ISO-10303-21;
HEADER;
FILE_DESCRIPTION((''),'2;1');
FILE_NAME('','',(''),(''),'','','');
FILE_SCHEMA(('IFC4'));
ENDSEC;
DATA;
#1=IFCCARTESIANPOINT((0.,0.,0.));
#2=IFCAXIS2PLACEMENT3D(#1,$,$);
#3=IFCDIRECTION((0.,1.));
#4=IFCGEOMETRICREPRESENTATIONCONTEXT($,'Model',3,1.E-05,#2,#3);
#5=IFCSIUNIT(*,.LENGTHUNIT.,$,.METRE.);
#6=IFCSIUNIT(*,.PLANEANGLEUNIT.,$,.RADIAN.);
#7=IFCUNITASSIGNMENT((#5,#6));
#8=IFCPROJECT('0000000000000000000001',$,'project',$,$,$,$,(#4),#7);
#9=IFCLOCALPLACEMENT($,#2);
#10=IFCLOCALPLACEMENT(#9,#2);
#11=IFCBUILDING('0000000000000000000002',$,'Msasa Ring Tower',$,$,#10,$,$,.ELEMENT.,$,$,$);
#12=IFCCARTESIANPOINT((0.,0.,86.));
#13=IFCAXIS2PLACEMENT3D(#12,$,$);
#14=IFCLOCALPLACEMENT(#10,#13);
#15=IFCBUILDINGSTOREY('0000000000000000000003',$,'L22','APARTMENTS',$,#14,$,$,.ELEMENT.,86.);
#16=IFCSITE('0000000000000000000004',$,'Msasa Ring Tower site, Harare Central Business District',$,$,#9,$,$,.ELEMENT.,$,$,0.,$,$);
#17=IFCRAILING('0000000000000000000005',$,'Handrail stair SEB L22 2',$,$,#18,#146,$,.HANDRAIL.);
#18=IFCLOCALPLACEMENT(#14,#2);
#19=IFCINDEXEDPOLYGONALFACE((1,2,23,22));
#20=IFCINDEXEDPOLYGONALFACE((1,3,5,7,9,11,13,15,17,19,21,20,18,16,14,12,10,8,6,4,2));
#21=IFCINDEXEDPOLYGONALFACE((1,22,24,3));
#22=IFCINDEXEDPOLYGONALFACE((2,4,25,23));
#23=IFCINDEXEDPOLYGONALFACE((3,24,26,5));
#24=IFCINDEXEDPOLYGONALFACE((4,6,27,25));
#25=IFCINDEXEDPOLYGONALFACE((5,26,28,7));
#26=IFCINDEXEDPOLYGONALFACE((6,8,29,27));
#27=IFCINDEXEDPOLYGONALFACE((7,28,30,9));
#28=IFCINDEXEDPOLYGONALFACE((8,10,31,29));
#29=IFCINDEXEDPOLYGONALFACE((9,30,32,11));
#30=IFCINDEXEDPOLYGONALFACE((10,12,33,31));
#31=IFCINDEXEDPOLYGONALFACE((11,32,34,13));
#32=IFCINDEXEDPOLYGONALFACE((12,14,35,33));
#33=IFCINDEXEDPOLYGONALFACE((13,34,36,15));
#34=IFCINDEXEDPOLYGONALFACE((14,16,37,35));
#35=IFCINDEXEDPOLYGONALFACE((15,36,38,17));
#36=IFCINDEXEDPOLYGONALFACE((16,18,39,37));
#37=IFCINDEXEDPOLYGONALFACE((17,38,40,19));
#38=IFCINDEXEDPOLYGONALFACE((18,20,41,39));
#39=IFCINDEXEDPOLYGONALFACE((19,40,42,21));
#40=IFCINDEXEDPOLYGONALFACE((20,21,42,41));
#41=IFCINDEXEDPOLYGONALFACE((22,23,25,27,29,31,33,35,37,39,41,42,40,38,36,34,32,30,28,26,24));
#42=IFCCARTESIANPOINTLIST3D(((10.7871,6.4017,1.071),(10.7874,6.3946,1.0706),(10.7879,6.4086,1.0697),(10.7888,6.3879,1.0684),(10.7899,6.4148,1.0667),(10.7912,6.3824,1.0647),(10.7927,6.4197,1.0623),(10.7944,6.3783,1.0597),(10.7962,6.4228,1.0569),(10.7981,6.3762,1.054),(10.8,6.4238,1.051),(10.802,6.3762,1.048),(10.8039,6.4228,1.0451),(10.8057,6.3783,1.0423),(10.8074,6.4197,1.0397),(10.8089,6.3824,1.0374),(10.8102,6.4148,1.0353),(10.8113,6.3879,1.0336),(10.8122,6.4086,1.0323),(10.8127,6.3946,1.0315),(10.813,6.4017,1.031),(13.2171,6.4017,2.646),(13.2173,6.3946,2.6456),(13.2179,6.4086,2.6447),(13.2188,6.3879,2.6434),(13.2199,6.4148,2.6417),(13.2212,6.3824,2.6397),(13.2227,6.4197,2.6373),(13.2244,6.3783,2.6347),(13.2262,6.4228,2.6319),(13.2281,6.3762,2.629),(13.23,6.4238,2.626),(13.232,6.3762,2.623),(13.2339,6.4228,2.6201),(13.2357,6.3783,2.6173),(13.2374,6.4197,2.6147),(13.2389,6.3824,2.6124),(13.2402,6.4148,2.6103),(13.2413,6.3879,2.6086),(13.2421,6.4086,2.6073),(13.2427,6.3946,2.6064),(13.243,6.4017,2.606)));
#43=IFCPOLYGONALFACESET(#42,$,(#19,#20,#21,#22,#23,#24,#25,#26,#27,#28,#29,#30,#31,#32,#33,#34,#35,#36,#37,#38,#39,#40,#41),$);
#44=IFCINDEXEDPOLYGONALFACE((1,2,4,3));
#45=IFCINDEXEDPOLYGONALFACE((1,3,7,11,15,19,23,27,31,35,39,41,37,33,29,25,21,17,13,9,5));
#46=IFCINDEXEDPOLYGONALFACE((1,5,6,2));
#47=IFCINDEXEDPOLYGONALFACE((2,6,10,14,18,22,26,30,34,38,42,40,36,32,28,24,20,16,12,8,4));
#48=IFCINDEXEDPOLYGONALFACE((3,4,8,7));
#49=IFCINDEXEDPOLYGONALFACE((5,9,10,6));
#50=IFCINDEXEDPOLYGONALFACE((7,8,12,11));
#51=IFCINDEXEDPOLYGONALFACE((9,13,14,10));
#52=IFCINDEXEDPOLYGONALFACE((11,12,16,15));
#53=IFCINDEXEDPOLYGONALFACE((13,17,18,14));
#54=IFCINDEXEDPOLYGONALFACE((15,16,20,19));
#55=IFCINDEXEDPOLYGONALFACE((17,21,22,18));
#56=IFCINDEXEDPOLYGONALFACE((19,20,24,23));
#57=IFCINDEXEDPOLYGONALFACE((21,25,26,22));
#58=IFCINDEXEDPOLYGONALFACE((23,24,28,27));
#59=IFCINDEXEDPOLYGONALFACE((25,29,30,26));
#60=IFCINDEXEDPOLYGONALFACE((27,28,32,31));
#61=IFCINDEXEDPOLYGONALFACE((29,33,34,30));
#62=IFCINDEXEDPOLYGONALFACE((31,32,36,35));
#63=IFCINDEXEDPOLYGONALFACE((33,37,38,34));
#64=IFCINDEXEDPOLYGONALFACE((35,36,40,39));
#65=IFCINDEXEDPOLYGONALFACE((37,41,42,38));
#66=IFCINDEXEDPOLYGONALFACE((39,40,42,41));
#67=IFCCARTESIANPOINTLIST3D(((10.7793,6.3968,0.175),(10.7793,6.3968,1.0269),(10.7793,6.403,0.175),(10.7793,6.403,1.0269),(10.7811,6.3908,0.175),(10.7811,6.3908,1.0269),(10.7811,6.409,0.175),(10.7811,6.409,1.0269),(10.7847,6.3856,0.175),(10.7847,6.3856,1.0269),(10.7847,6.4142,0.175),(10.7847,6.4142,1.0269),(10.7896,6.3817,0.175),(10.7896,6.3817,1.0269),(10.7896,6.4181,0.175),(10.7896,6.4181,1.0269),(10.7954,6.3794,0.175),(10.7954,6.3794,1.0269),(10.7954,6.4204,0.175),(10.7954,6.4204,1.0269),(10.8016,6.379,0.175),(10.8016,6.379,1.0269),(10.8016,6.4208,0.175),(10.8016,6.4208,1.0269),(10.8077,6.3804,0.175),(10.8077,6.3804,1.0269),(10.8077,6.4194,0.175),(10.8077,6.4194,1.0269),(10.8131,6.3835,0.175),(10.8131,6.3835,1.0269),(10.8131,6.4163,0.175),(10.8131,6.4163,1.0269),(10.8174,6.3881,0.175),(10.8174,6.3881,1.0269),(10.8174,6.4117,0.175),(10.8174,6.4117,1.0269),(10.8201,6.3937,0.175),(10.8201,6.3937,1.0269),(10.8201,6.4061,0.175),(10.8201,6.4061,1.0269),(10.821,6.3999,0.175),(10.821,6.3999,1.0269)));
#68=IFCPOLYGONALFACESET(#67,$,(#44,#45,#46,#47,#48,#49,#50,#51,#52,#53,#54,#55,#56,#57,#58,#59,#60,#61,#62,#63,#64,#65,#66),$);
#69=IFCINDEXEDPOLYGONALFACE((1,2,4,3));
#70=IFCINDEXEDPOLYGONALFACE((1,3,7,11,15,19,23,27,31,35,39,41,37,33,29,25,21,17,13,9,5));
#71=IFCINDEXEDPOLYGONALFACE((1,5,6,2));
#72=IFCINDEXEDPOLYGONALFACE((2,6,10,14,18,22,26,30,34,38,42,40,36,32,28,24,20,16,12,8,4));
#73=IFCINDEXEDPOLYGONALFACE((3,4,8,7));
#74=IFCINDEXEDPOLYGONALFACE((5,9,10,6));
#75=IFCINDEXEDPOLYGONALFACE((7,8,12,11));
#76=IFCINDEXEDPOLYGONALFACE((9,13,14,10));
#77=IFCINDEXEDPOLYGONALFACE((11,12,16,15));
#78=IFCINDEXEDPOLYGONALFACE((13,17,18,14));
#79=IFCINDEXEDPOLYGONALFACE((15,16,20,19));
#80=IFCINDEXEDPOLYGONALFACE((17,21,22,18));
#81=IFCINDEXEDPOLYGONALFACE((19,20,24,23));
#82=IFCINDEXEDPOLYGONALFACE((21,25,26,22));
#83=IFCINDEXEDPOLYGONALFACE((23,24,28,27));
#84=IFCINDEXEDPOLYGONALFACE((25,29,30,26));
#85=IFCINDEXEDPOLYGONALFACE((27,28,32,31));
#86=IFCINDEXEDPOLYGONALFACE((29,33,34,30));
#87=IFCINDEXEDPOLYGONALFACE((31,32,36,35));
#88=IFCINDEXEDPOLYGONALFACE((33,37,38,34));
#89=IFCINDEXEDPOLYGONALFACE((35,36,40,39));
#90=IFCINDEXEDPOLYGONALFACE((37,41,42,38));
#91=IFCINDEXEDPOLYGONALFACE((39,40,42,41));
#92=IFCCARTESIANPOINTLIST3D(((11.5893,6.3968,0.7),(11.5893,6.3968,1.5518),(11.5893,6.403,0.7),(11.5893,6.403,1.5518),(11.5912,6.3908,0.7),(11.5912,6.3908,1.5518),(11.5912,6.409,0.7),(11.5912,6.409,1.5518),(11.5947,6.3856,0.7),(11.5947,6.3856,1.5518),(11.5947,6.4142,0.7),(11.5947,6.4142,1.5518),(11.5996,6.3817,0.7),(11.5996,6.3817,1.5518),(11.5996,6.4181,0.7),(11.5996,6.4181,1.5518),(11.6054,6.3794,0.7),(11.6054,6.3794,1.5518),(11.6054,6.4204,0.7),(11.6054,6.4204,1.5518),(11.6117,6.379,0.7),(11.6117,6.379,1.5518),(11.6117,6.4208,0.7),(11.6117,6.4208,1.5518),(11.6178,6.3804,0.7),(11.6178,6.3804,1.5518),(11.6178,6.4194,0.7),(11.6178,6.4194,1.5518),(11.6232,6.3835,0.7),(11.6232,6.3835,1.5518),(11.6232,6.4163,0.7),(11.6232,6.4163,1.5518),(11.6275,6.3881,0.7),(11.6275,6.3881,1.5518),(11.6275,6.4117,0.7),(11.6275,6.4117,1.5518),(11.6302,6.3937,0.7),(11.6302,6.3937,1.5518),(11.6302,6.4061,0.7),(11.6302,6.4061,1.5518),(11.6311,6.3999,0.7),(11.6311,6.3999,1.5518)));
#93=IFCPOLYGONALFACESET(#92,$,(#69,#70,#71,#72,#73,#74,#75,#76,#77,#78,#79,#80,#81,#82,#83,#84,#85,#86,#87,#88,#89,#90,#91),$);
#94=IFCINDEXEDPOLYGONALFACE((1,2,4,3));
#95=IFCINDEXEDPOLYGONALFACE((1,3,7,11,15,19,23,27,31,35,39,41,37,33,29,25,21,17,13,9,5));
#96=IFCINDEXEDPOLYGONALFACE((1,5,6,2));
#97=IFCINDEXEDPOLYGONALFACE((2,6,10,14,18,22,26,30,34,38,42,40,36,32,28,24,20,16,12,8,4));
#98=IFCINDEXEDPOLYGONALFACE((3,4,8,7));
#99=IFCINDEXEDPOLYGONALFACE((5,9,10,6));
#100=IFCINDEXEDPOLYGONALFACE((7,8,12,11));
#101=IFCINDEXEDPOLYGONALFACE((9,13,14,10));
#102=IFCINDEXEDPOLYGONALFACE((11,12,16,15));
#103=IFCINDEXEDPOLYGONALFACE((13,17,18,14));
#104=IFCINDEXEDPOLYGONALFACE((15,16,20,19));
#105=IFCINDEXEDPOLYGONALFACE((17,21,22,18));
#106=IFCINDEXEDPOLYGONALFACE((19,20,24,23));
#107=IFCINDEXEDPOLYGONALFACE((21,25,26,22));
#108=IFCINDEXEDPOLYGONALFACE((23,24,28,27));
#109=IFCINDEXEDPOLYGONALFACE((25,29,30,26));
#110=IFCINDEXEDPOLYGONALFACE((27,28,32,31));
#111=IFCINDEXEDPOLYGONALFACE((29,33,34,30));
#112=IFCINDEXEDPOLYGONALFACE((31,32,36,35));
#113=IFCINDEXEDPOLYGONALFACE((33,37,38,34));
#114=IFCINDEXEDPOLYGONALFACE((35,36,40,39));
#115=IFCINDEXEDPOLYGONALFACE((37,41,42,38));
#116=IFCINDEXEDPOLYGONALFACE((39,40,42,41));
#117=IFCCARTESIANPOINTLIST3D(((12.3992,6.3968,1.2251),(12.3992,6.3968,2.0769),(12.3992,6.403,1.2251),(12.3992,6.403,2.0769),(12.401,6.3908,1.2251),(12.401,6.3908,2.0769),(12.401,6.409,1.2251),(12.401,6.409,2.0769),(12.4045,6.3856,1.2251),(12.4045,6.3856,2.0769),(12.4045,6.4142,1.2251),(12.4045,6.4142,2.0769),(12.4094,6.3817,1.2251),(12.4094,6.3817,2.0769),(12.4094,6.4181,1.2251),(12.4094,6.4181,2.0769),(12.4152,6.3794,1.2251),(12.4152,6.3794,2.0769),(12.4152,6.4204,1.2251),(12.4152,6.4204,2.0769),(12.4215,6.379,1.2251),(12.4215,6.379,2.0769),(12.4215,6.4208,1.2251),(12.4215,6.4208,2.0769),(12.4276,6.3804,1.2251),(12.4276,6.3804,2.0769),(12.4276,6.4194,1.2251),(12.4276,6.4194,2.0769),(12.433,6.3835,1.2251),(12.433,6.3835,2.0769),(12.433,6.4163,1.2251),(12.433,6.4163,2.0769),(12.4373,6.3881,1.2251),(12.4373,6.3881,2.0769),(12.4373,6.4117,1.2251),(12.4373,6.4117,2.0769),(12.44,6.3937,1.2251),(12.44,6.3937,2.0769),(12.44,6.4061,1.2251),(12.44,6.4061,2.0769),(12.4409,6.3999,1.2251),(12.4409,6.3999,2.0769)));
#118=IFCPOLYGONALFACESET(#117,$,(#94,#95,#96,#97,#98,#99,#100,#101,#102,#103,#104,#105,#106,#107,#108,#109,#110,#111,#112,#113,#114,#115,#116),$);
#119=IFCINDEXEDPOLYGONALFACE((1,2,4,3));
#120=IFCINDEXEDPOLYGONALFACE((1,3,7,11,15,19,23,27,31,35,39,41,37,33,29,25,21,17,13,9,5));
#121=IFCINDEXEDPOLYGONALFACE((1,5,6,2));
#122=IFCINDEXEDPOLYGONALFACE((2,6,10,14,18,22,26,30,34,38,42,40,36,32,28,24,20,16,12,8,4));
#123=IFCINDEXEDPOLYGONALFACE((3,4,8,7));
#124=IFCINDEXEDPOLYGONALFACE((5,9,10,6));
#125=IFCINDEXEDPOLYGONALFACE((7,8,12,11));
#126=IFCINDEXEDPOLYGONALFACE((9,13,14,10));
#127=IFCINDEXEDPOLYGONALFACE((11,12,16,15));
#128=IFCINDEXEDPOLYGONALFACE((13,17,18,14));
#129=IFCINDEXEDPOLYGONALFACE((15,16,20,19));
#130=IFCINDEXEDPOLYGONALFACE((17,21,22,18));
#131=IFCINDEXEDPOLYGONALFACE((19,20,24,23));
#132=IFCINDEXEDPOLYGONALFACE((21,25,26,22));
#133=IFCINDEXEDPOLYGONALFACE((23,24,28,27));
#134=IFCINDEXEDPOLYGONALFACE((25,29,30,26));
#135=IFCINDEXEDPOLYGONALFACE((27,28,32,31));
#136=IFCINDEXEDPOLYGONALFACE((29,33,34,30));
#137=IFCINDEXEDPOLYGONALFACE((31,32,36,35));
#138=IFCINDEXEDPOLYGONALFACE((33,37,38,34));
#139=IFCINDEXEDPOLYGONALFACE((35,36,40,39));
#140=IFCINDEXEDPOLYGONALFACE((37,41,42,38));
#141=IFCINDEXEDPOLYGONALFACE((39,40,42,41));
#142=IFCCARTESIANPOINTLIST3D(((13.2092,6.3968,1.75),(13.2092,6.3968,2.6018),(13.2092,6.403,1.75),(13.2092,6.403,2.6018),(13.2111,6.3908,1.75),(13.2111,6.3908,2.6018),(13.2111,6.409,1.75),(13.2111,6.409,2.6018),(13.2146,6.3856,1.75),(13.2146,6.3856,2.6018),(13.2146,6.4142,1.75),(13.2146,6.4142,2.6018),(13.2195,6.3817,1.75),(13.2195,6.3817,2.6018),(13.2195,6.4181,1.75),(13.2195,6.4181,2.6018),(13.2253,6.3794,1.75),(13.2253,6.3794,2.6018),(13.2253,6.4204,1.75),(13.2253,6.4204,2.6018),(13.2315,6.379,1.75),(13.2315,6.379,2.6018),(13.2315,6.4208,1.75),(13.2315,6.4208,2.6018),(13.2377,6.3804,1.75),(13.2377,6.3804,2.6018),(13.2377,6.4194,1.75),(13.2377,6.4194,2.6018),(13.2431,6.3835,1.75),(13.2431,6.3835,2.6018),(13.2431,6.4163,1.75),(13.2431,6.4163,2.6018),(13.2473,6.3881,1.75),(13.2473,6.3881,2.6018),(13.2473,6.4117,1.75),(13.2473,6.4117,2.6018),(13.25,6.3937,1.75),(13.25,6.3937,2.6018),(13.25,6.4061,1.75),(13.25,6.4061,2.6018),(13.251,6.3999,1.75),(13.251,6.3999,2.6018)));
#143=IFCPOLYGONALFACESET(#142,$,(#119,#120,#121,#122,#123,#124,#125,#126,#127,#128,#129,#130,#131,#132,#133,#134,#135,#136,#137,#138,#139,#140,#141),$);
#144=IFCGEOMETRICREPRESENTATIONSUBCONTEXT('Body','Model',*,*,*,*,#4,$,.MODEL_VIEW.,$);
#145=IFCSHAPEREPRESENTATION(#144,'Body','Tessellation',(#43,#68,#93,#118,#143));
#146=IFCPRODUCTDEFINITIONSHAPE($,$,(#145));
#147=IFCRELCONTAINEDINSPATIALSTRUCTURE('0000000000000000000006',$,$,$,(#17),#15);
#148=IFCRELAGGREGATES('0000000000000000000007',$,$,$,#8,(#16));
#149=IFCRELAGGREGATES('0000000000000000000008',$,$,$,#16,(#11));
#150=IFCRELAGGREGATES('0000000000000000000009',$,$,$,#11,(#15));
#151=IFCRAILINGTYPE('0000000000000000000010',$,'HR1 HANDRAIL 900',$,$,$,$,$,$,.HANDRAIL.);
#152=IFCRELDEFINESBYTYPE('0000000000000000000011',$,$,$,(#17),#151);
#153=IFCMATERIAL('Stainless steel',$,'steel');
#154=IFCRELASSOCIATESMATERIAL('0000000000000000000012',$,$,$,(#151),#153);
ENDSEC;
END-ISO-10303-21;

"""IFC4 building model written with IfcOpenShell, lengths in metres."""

from ifc_helpers import new_model, si_unit, direction, frame, origin, origin_2d, place, context, subcontext, project, spatial, circle, extrude, material, type_object, element, save


model = new_model("IFC4")

# Units and contexts
model_context = context("Model", 3, precision=1e-05, world=origin(), true_north=direction((0.0, 1.0)))
body_context = subcontext(model_context, "Body", "Model", "MODEL_VIEW")
ifc_project = project(units=[si_unit("LENGTHUNIT", "METRE"), si_unit("PLANEANGLEUNIT", "RADIAN")], contexts=[model_context])

# Site, building, storey
site_placement = place(None, origin())
site = spatial("IfcSite", under=ifc_project, at=site_placement, Name="Msasa Ring Tower site, Harare Central Business District", CompositionType="ELEMENT", RefElevation=0.0)
building_placement = place(site_placement, origin())
building = spatial("IfcBuilding", under=site, at=building_placement, Name="Msasa Ring Tower", CompositionType="ELEMENT")
storey_placement = place(building_placement, frame((0.0, 0.0, 86.0)))
storey = spatial("IfcBuildingStorey", under=building, at=storey_placement, Name="L22", Description="APARTMENTS", CompositionType="ELEMENT", Elevation=86.0)

# Railing
ifc_material_1 = material(Name="Stainless steel", Category="steel")
railing_type = type_object("IfcRailingType", Name="HR1 HANDRAIL 900", PredefinedType="HANDRAIL", material=ifc_material_1)
for number, where, name in (
    (1, (10.8, 6.3999, 0.175), "Handrail stair SEB L22 2"),
):
    element("IfcRailing", number, at=place(storey_placement, frame(where)), inside=storey, type_object=railing_type, Name=name, PredefinedType="HANDRAIL", context=body_context, shape_type="SweptSolid", body=[
        extrude(circle(Radius=0.0239, at=origin_2d()), frame((0.0, 0.0, 0.876), z_axis=(0.839154, 0.0, 0.543894), x_axis=(0.0, 1.0, 0.0)), (0.0, 0.0, 1.0), 2.8958),
        extrude(circle(Radius=0.021, at=origin_2d()), origin(), (0.0, 0.0, 1.0), 0.8518),
        extrude(circle(Radius=0.021, at=origin_2d()), frame((0.8101, 0.0, 0.5249)), (0.0, 0.0, 1.0), 0.8518),
        extrude(circle(Radius=0.021, at=origin_2d()), frame((1.6199, 0.0, 1.05)), (0.0, 0.0, 1.0), 0.8518),
        extrude(circle(Radius=0.021, at=origin_2d()), frame((2.4299, 0.0, 1.575)), (0.0, 0.0, 1.0), 0.8518),
    ])

save(model, "model.ifc")
